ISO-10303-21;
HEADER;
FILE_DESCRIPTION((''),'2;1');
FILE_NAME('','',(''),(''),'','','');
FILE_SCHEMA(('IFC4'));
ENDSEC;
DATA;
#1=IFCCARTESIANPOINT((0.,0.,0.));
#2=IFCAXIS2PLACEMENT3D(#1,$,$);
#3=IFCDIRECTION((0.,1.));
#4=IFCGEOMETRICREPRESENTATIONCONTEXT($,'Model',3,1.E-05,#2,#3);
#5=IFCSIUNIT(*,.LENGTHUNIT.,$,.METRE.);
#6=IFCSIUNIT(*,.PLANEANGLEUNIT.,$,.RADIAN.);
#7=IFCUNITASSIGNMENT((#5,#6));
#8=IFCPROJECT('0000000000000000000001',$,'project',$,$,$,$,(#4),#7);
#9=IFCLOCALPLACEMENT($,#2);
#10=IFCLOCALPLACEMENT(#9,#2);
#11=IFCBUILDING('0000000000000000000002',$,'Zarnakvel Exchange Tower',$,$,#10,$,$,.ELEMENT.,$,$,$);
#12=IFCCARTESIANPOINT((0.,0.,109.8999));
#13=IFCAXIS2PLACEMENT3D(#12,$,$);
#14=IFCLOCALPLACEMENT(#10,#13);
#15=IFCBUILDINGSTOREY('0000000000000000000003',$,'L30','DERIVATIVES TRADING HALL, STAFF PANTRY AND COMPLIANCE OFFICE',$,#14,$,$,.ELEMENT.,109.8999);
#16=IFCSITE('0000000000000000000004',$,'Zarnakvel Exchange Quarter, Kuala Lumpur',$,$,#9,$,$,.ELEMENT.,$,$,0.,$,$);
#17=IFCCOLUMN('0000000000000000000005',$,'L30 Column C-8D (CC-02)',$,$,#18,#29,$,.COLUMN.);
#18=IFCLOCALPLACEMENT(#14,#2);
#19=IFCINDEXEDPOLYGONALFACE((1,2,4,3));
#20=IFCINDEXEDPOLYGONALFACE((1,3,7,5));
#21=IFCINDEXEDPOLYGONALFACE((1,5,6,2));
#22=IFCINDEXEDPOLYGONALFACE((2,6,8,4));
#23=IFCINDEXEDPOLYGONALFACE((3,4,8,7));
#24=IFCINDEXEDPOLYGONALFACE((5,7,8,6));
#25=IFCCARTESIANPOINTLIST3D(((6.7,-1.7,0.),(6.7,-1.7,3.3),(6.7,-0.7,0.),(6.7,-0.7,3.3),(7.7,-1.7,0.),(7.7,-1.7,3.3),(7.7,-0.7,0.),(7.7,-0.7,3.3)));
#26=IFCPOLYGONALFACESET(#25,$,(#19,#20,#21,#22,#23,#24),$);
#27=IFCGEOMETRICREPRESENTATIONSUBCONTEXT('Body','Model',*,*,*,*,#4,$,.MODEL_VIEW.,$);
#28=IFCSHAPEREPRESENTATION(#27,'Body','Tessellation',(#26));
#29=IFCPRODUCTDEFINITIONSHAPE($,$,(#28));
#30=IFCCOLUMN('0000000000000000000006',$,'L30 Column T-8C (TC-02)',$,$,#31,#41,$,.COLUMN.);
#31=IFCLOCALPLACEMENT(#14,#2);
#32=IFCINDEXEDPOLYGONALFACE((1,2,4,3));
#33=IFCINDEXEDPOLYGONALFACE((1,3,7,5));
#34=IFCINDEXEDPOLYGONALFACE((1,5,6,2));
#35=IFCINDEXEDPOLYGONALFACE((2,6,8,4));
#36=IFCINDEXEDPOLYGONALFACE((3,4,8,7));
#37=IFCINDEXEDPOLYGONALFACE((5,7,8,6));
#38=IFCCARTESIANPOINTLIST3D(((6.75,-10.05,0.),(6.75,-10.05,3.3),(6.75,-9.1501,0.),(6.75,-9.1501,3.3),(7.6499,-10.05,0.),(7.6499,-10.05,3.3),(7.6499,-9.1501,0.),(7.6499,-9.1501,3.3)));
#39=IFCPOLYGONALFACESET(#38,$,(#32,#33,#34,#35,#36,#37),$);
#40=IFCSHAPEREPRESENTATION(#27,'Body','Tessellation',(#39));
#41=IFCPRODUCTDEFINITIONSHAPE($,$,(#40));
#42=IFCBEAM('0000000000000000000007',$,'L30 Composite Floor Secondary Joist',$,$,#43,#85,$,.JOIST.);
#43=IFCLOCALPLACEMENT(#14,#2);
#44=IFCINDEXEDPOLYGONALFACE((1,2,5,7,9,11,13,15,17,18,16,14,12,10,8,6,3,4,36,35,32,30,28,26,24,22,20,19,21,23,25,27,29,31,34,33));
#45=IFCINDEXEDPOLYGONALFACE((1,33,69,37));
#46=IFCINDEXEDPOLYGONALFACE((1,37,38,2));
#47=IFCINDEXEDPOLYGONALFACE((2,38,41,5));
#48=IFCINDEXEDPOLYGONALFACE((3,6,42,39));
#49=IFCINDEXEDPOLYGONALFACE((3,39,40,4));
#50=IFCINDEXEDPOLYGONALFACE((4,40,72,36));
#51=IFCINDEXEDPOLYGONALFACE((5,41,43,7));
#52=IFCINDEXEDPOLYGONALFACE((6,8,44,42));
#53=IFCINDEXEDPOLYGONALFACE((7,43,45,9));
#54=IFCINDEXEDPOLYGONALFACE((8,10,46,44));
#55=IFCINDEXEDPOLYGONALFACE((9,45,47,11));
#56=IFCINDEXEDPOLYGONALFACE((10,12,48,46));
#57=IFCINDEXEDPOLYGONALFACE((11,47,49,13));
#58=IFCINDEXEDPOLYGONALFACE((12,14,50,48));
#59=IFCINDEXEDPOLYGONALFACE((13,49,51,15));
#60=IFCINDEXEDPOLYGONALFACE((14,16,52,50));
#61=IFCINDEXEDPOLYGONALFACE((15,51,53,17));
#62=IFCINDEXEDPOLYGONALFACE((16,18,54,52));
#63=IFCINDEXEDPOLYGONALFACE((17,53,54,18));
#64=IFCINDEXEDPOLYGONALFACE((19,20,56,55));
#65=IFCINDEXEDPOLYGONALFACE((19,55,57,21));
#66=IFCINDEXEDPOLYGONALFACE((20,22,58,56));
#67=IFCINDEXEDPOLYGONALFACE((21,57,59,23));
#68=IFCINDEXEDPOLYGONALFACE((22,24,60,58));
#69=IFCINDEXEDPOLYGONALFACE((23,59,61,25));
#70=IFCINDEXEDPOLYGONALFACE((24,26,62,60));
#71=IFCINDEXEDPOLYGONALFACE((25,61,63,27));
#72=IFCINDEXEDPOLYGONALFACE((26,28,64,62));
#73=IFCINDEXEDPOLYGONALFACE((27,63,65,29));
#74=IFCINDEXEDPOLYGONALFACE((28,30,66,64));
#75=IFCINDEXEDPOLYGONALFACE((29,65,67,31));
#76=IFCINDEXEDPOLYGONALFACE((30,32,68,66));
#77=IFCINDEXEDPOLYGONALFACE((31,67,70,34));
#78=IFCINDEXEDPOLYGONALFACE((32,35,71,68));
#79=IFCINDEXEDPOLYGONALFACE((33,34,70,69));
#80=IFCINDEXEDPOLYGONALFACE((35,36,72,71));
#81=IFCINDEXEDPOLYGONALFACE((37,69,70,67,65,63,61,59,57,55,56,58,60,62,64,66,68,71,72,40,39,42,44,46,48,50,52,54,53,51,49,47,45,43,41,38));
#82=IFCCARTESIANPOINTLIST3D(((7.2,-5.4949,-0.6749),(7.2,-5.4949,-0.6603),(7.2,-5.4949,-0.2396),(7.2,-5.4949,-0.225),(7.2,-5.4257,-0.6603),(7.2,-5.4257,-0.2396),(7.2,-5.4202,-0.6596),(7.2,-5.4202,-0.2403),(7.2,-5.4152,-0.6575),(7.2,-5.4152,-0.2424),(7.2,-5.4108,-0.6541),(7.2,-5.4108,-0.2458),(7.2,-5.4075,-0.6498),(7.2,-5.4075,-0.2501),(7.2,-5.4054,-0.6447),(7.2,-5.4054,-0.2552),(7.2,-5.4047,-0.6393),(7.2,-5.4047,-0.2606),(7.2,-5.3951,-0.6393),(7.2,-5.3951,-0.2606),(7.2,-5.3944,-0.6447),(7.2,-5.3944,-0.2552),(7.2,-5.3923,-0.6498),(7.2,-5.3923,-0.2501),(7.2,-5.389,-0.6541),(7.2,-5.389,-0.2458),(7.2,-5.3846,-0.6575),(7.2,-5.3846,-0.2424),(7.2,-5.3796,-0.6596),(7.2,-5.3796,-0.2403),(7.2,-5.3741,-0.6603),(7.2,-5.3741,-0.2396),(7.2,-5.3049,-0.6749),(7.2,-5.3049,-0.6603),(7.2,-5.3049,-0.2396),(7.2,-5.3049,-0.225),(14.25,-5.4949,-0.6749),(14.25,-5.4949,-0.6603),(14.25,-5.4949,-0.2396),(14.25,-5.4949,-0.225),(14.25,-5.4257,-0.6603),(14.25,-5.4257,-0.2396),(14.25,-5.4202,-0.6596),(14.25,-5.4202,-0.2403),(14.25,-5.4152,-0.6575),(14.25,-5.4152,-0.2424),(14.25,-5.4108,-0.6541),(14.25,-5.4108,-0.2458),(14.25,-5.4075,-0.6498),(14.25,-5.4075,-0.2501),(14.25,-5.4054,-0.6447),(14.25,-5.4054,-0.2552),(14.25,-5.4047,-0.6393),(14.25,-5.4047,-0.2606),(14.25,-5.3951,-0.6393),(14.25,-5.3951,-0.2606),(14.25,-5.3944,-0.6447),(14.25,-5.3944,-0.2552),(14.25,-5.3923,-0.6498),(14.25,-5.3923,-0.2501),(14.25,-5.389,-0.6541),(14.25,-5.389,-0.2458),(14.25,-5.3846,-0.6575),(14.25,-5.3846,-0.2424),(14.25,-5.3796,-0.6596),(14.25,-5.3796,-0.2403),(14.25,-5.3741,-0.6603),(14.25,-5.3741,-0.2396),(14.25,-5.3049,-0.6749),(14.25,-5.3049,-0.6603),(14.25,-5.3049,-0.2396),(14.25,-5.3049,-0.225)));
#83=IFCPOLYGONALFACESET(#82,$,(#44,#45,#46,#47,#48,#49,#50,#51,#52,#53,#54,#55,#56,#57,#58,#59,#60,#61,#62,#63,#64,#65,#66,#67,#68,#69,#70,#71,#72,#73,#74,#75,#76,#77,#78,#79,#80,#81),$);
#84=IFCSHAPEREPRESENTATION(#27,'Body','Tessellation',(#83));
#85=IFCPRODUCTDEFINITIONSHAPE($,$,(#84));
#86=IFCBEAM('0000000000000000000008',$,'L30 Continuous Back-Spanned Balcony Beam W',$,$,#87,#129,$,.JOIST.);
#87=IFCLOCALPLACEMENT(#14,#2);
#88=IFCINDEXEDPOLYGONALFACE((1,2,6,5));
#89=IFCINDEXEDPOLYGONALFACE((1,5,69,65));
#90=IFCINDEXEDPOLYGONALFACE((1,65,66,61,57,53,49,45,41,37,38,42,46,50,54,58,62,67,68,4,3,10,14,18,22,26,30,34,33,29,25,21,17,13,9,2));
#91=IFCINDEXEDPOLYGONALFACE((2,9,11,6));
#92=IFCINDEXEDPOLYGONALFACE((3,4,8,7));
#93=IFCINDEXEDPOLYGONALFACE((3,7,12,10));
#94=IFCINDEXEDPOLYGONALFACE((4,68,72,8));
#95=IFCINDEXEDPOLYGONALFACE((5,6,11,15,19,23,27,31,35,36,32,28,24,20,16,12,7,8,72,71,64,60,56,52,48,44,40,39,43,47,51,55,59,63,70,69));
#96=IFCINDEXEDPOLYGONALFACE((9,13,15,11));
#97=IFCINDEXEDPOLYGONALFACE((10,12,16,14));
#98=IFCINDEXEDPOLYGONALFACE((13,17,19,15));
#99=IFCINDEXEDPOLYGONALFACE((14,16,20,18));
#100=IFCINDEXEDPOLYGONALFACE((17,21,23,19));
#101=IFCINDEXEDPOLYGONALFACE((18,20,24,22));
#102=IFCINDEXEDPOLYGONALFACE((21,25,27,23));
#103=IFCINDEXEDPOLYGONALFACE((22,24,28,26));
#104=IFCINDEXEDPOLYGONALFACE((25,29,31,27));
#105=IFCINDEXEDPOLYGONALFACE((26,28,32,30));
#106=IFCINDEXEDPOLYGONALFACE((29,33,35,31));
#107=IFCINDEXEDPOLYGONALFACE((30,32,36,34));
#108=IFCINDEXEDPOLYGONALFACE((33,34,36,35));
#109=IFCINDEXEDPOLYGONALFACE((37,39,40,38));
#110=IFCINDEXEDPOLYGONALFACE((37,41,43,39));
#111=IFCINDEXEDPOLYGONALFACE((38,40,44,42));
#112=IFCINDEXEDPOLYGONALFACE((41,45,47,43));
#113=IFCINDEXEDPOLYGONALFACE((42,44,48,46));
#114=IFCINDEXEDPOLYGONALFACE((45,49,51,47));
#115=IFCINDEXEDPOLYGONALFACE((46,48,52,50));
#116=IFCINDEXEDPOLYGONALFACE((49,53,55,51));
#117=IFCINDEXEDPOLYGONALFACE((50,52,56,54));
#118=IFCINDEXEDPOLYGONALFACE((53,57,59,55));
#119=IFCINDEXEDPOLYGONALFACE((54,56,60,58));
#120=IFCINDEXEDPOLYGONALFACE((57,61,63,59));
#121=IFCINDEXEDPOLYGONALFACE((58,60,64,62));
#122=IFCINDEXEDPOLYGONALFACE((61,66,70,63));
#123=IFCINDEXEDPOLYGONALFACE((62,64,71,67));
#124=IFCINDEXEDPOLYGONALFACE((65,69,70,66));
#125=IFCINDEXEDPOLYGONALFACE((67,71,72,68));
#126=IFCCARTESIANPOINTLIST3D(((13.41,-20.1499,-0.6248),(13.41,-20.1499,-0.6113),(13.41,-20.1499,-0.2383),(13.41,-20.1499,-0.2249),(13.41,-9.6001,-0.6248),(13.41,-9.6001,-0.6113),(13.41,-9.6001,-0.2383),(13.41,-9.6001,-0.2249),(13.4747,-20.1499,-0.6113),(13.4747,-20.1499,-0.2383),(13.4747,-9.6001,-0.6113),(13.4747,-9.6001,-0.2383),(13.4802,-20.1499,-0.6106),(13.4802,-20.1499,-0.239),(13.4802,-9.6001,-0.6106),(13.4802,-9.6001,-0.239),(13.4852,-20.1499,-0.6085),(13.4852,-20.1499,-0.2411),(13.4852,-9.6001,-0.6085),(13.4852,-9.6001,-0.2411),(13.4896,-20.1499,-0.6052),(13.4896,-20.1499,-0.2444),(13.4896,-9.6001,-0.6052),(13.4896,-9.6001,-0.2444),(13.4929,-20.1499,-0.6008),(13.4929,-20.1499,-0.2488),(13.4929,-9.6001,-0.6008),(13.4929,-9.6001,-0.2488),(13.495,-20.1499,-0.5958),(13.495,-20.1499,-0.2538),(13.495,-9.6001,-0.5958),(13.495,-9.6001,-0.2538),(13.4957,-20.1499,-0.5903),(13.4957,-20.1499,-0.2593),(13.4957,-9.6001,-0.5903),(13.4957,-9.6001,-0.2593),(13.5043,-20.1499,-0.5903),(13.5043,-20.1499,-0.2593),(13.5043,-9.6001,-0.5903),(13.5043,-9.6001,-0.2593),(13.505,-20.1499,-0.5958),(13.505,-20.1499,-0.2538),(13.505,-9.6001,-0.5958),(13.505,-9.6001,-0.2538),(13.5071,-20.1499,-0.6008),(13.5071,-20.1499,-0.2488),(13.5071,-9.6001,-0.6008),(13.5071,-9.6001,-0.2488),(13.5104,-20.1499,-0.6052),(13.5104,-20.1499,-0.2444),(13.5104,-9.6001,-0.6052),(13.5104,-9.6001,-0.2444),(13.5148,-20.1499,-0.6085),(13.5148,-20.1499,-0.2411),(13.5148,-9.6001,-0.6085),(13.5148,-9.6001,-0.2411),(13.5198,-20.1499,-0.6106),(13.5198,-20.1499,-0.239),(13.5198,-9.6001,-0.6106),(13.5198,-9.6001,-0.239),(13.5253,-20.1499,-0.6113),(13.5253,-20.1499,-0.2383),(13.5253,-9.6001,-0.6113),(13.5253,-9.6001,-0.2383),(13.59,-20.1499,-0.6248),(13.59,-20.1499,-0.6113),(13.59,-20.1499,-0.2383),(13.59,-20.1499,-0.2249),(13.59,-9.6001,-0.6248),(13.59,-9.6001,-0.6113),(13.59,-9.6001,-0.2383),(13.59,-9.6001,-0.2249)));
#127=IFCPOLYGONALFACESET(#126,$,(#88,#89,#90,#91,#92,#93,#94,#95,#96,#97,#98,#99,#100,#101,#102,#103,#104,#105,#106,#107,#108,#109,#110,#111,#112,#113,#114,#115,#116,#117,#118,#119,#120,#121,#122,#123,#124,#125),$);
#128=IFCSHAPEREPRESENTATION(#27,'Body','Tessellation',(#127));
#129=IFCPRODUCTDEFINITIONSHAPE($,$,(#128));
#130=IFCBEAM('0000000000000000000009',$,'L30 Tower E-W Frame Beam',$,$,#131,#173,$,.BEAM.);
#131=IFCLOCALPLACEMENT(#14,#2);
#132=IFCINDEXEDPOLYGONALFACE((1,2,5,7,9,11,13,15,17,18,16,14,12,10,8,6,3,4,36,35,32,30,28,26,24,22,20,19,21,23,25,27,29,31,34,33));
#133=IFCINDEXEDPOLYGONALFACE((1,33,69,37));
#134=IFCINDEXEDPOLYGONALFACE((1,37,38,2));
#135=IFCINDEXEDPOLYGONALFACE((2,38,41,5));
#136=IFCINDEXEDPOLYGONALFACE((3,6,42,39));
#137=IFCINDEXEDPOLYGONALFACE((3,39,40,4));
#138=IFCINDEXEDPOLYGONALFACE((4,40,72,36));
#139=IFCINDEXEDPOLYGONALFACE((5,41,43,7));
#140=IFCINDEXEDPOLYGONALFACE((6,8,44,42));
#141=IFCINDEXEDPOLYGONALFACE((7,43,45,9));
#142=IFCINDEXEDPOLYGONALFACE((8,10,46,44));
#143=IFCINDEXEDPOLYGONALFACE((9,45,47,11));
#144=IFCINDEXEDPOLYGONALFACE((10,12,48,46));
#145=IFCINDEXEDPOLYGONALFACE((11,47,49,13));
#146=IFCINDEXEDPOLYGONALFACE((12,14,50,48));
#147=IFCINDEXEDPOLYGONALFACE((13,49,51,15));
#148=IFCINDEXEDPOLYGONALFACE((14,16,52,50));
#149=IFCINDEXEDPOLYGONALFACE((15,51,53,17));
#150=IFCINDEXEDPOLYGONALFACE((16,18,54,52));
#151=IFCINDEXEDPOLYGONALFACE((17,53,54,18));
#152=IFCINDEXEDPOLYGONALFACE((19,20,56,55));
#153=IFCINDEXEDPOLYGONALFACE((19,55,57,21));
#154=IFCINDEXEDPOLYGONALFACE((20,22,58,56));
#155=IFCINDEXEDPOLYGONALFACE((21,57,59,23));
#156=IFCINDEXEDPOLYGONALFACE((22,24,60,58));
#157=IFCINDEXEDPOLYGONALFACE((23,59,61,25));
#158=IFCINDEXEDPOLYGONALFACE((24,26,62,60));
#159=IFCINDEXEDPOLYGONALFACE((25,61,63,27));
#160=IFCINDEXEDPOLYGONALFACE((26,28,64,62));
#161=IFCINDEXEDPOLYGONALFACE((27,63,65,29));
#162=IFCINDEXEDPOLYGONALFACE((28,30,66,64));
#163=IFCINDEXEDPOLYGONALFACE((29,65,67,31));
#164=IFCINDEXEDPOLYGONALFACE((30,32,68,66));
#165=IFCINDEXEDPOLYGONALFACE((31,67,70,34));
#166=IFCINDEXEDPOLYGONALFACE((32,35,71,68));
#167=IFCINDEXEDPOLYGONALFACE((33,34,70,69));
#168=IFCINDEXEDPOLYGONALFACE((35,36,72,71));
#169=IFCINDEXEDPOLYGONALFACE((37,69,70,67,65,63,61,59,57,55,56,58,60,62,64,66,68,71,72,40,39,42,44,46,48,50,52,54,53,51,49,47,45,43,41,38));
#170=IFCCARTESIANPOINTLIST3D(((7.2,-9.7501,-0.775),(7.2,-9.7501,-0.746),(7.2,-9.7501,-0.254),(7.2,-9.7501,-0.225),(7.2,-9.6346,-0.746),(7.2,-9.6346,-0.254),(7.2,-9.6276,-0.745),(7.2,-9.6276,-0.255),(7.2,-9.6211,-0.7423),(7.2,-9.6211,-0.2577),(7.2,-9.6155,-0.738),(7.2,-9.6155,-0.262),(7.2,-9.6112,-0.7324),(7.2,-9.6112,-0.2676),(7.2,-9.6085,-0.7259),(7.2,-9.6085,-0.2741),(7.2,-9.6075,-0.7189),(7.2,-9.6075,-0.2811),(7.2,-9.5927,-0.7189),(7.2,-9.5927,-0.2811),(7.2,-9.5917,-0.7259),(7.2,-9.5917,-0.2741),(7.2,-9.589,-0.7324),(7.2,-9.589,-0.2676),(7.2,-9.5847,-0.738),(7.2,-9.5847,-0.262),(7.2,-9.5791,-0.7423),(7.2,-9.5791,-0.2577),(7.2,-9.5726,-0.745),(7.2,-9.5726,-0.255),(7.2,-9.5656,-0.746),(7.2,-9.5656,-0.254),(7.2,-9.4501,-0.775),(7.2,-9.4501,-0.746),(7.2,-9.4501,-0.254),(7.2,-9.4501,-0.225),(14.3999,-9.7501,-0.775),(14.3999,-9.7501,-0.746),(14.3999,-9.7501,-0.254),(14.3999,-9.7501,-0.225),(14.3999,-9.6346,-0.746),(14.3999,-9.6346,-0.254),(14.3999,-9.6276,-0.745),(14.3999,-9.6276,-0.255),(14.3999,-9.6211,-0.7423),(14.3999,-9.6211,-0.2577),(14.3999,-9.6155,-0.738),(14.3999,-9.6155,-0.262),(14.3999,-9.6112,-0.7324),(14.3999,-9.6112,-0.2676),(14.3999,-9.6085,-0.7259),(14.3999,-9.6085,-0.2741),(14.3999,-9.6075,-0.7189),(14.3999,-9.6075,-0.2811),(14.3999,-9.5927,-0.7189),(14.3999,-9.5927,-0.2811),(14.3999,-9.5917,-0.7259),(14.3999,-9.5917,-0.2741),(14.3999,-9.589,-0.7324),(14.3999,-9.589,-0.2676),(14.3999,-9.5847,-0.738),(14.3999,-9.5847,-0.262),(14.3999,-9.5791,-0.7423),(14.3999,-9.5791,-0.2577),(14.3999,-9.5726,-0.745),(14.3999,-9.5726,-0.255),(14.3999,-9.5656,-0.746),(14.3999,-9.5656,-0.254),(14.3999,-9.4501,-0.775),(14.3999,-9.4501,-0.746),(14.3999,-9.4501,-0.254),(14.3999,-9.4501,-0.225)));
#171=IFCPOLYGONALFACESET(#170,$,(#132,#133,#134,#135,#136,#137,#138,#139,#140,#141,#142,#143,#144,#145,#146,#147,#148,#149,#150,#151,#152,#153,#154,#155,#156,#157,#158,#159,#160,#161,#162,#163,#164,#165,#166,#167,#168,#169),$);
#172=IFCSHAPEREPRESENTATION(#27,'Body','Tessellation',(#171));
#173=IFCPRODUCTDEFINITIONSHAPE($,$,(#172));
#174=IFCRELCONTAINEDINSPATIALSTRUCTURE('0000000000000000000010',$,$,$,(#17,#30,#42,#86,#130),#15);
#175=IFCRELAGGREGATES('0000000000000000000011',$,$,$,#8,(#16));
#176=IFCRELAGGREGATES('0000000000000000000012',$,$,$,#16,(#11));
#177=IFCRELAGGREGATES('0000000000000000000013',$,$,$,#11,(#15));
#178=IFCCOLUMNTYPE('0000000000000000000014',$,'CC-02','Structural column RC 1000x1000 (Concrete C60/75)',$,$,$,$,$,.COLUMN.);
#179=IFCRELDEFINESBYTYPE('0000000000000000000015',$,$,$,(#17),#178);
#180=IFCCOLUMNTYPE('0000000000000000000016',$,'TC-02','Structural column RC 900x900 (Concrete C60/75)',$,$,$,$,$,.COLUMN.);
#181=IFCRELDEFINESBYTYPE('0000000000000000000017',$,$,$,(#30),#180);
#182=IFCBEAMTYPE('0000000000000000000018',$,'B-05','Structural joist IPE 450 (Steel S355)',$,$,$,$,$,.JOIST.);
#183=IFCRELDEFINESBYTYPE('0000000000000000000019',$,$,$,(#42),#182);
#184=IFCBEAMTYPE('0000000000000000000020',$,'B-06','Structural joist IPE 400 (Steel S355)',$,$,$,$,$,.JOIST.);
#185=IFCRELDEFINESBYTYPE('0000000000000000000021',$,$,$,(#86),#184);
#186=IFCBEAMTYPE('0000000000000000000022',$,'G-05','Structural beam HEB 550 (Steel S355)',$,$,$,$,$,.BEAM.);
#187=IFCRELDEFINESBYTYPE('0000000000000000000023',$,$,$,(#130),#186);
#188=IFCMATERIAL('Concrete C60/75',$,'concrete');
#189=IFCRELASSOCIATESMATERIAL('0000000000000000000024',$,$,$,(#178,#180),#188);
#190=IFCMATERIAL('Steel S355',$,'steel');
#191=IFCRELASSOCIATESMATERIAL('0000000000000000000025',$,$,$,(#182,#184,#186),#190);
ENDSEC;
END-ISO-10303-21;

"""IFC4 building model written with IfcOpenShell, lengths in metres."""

from ifc_helpers import new_model, si_unit, direction, frame, origin, origin_2d, place, context, subcontext, project, spatial, rectangle, i_section, extrude, material, material_profile, profile_set, type_object, element, save


model = new_model("IFC4")

# Units and contexts
model_context = context("Model", 3, precision=1e-05, world=origin(), true_north=direction((0.0, 1.0)))
body_context = subcontext(model_context, "Body", "Model", "MODEL_VIEW")
ifc_project = project(units=[si_unit("LENGTHUNIT", "METRE"), si_unit("PLANEANGLEUNIT", "RADIAN")], contexts=[model_context])

# Site, building, storey
site_placement = place(None, origin())
site = spatial("IfcSite", under=ifc_project, at=site_placement, Name="Zarnakvel Exchange Quarter, Kuala Lumpur", CompositionType="ELEMENT", RefElevation=0.0)
building_placement = place(site_placement, origin())
building = spatial("IfcBuilding", under=site, at=building_placement, Name="Zarnakvel Exchange Tower", CompositionType="ELEMENT")
storey_placement = place(building_placement, frame((0.0, 0.0, 109.8999)))
storey = spatial("IfcBuildingStorey", under=building, at=storey_placement, Name="L30", Description="DERIVATIVES TRADING HALL, STAFF PANTRY AND COMPLIANCE OFFICE", CompositionType="ELEMENT", Elevation=109.8999)

# Columns
ifc_material_1 = material(Name="Concrete C60/75", Category="concrete")
ifc_material_profile_1 = material_profile(ifc_material_1, rectangle(XDim=1.0, YDim=1.0, at=origin_2d()))
ifc_profile_set_1 = profile_set([ifc_material_profile_1], Name="Concrete C60/75")
column_type_1 = type_object("IfcColumnType", Name="CC-02", Description="Structural column RC 1000x1000 (Concrete C60/75)", PredefinedType="COLUMN", material=ifc_profile_set_1)
column_1_placement = place(storey_placement, frame((7.2, -1.2, 0.0), z_axis=(0.0, 0.0, 1.0), x_axis=(1.0, 0.0, 0.0)))
element("IfcColumn", 1, at=column_1_placement, inside=storey, type_object=column_type_1, Name="L30 Column C-8D (CC-02)", PredefinedType="COLUMN", context=body_context, shape_type="SweptSolid", body=[
    extrude(rectangle(XDim=1.0, YDim=1.0, at=origin_2d()), origin(), (0.0, 0.0, 1.0), 3.3),
])
ifc_material_profile_2 = material_profile(ifc_material_1, rectangle(XDim=0.8999, YDim=0.8999, at=origin_2d()))
ifc_profile_set_2 = profile_set([ifc_material_profile_2], Name="Concrete C60/75")
column_type_2 = type_object("IfcColumnType", Name="TC-02", Description="Structural column RC 900x900 (Concrete C60/75)", PredefinedType="COLUMN", material=ifc_profile_set_2)
column_2_placement = place(storey_placement, frame((7.2, -9.6001, 0.0), z_axis=(0.0, 0.0, 1.0), x_axis=(1.0, 0.0, 0.0)))
element("IfcColumn", 2, at=column_2_placement, inside=storey, type_object=column_type_2, Name="L30 Column T-8C (TC-02)", PredefinedType="COLUMN", context=body_context, shape_type="SweptSolid", body=[
    extrude(rectangle(XDim=0.8999, YDim=0.8999, at=origin_2d()), origin(), (0.0, 0.0, 1.0), 3.3),
])

# Beams
ifc_material_2 = material(Name="Steel S355", Category="steel")
ifc_material_profile_3 = material_profile(ifc_material_2, i_section(OverallWidth=0.1899, OverallDepth=0.45, WebThickness=0.0095, FlangeThickness=0.0146, FilletRadius=0.021, at=origin_2d()))
ifc_profile_set_3 = profile_set([ifc_material_profile_3], Name="Steel S355")
beam_type_1 = type_object("IfcBeamType", Name="B-05", Description="Structural joist IPE 450 (Steel S355)", PredefinedType="JOIST", material=ifc_profile_set_3)
beam_1_placement = place(storey_placement, frame((7.2, -5.3999, -0.45), z_axis=(1.0, 0.0, 0.0), x_axis=(0.0, 1.0, 0.0)))
element("IfcBeam", 3, at=beam_1_placement, inside=storey, type_object=beam_type_1, Name="L30 Composite Floor Secondary Joist", PredefinedType="JOIST", context=body_context, shape_type="SweptSolid", body=[
    extrude(i_section(OverallWidth=0.1899, OverallDepth=0.45, WebThickness=0.0095, FlangeThickness=0.0146, FilletRadius=0.021, at=origin_2d()), origin(), (0.0, 0.0, 1.0), 7.05),
])
ifc_material_profile_4 = material_profile(ifc_material_2, i_section(OverallWidth=0.1799, OverallDepth=0.3999, WebThickness=0.0085, FlangeThickness=0.0134, FilletRadius=0.021, at=origin_2d()))
ifc_profile_set_4 = profile_set([ifc_material_profile_4], Name="Steel S355")
beam_type_2 = type_object("IfcBeamType", Name="B-06", Description="Structural joist IPE 400 (Steel S355)", PredefinedType="JOIST", material=ifc_profile_set_4)
beam_2_placement = place(storey_placement, frame((13.5, -9.6001, -0.4248), z_axis=(0.0, -1.0, 0.0), x_axis=(1.0, 0.0, 0.0)))
element("IfcBeam", 4, at=beam_2_placement, inside=storey, type_object=beam_type_2, Name="L30 Continuous Back-Spanned Balcony Beam W", PredefinedType="JOIST", context=body_context, shape_type="SweptSolid", body=[
    extrude(i_section(OverallWidth=0.1799, OverallDepth=0.3999, WebThickness=0.0085, FlangeThickness=0.0134, FilletRadius=0.021, at=origin_2d()), origin(), (0.0, 0.0, 1.0), 10.5498),
])
ifc_material_profile_5 = material_profile(ifc_material_2, i_section(OverallWidth=0.3, OverallDepth=0.55, WebThickness=0.0149, FlangeThickness=0.0291, FilletRadius=0.0271, at=origin_2d()))
ifc_profile_set_5 = profile_set([ifc_material_profile_5], Name="Steel S355")
beam_type_3 = type_object("IfcBeamType", Name="G-05", Description="Structural beam HEB 550 (Steel S355)", PredefinedType="BEAM", material=ifc_profile_set_5)
beam_3_placement = place(storey_placement, frame((7.2, -9.6001, -0.5), z_axis=(1.0, 0.0, 0.0), x_axis=(0.0, 1.0, 0.0)))
element("IfcBeam", 5, at=beam_3_placement, inside=storey, type_object=beam_type_3, Name="L30 Tower E-W Frame Beam", PredefinedType="BEAM", context=body_context, shape_type="SweptSolid", body=[
    extrude(i_section(OverallWidth=0.3, OverallDepth=0.55, WebThickness=0.0149, FlangeThickness=0.0291, FilletRadius=0.0271, at=origin_2d()), origin(), (0.0, 0.0, 1.0), 7.2),
])

save(model, "model.ifc")
